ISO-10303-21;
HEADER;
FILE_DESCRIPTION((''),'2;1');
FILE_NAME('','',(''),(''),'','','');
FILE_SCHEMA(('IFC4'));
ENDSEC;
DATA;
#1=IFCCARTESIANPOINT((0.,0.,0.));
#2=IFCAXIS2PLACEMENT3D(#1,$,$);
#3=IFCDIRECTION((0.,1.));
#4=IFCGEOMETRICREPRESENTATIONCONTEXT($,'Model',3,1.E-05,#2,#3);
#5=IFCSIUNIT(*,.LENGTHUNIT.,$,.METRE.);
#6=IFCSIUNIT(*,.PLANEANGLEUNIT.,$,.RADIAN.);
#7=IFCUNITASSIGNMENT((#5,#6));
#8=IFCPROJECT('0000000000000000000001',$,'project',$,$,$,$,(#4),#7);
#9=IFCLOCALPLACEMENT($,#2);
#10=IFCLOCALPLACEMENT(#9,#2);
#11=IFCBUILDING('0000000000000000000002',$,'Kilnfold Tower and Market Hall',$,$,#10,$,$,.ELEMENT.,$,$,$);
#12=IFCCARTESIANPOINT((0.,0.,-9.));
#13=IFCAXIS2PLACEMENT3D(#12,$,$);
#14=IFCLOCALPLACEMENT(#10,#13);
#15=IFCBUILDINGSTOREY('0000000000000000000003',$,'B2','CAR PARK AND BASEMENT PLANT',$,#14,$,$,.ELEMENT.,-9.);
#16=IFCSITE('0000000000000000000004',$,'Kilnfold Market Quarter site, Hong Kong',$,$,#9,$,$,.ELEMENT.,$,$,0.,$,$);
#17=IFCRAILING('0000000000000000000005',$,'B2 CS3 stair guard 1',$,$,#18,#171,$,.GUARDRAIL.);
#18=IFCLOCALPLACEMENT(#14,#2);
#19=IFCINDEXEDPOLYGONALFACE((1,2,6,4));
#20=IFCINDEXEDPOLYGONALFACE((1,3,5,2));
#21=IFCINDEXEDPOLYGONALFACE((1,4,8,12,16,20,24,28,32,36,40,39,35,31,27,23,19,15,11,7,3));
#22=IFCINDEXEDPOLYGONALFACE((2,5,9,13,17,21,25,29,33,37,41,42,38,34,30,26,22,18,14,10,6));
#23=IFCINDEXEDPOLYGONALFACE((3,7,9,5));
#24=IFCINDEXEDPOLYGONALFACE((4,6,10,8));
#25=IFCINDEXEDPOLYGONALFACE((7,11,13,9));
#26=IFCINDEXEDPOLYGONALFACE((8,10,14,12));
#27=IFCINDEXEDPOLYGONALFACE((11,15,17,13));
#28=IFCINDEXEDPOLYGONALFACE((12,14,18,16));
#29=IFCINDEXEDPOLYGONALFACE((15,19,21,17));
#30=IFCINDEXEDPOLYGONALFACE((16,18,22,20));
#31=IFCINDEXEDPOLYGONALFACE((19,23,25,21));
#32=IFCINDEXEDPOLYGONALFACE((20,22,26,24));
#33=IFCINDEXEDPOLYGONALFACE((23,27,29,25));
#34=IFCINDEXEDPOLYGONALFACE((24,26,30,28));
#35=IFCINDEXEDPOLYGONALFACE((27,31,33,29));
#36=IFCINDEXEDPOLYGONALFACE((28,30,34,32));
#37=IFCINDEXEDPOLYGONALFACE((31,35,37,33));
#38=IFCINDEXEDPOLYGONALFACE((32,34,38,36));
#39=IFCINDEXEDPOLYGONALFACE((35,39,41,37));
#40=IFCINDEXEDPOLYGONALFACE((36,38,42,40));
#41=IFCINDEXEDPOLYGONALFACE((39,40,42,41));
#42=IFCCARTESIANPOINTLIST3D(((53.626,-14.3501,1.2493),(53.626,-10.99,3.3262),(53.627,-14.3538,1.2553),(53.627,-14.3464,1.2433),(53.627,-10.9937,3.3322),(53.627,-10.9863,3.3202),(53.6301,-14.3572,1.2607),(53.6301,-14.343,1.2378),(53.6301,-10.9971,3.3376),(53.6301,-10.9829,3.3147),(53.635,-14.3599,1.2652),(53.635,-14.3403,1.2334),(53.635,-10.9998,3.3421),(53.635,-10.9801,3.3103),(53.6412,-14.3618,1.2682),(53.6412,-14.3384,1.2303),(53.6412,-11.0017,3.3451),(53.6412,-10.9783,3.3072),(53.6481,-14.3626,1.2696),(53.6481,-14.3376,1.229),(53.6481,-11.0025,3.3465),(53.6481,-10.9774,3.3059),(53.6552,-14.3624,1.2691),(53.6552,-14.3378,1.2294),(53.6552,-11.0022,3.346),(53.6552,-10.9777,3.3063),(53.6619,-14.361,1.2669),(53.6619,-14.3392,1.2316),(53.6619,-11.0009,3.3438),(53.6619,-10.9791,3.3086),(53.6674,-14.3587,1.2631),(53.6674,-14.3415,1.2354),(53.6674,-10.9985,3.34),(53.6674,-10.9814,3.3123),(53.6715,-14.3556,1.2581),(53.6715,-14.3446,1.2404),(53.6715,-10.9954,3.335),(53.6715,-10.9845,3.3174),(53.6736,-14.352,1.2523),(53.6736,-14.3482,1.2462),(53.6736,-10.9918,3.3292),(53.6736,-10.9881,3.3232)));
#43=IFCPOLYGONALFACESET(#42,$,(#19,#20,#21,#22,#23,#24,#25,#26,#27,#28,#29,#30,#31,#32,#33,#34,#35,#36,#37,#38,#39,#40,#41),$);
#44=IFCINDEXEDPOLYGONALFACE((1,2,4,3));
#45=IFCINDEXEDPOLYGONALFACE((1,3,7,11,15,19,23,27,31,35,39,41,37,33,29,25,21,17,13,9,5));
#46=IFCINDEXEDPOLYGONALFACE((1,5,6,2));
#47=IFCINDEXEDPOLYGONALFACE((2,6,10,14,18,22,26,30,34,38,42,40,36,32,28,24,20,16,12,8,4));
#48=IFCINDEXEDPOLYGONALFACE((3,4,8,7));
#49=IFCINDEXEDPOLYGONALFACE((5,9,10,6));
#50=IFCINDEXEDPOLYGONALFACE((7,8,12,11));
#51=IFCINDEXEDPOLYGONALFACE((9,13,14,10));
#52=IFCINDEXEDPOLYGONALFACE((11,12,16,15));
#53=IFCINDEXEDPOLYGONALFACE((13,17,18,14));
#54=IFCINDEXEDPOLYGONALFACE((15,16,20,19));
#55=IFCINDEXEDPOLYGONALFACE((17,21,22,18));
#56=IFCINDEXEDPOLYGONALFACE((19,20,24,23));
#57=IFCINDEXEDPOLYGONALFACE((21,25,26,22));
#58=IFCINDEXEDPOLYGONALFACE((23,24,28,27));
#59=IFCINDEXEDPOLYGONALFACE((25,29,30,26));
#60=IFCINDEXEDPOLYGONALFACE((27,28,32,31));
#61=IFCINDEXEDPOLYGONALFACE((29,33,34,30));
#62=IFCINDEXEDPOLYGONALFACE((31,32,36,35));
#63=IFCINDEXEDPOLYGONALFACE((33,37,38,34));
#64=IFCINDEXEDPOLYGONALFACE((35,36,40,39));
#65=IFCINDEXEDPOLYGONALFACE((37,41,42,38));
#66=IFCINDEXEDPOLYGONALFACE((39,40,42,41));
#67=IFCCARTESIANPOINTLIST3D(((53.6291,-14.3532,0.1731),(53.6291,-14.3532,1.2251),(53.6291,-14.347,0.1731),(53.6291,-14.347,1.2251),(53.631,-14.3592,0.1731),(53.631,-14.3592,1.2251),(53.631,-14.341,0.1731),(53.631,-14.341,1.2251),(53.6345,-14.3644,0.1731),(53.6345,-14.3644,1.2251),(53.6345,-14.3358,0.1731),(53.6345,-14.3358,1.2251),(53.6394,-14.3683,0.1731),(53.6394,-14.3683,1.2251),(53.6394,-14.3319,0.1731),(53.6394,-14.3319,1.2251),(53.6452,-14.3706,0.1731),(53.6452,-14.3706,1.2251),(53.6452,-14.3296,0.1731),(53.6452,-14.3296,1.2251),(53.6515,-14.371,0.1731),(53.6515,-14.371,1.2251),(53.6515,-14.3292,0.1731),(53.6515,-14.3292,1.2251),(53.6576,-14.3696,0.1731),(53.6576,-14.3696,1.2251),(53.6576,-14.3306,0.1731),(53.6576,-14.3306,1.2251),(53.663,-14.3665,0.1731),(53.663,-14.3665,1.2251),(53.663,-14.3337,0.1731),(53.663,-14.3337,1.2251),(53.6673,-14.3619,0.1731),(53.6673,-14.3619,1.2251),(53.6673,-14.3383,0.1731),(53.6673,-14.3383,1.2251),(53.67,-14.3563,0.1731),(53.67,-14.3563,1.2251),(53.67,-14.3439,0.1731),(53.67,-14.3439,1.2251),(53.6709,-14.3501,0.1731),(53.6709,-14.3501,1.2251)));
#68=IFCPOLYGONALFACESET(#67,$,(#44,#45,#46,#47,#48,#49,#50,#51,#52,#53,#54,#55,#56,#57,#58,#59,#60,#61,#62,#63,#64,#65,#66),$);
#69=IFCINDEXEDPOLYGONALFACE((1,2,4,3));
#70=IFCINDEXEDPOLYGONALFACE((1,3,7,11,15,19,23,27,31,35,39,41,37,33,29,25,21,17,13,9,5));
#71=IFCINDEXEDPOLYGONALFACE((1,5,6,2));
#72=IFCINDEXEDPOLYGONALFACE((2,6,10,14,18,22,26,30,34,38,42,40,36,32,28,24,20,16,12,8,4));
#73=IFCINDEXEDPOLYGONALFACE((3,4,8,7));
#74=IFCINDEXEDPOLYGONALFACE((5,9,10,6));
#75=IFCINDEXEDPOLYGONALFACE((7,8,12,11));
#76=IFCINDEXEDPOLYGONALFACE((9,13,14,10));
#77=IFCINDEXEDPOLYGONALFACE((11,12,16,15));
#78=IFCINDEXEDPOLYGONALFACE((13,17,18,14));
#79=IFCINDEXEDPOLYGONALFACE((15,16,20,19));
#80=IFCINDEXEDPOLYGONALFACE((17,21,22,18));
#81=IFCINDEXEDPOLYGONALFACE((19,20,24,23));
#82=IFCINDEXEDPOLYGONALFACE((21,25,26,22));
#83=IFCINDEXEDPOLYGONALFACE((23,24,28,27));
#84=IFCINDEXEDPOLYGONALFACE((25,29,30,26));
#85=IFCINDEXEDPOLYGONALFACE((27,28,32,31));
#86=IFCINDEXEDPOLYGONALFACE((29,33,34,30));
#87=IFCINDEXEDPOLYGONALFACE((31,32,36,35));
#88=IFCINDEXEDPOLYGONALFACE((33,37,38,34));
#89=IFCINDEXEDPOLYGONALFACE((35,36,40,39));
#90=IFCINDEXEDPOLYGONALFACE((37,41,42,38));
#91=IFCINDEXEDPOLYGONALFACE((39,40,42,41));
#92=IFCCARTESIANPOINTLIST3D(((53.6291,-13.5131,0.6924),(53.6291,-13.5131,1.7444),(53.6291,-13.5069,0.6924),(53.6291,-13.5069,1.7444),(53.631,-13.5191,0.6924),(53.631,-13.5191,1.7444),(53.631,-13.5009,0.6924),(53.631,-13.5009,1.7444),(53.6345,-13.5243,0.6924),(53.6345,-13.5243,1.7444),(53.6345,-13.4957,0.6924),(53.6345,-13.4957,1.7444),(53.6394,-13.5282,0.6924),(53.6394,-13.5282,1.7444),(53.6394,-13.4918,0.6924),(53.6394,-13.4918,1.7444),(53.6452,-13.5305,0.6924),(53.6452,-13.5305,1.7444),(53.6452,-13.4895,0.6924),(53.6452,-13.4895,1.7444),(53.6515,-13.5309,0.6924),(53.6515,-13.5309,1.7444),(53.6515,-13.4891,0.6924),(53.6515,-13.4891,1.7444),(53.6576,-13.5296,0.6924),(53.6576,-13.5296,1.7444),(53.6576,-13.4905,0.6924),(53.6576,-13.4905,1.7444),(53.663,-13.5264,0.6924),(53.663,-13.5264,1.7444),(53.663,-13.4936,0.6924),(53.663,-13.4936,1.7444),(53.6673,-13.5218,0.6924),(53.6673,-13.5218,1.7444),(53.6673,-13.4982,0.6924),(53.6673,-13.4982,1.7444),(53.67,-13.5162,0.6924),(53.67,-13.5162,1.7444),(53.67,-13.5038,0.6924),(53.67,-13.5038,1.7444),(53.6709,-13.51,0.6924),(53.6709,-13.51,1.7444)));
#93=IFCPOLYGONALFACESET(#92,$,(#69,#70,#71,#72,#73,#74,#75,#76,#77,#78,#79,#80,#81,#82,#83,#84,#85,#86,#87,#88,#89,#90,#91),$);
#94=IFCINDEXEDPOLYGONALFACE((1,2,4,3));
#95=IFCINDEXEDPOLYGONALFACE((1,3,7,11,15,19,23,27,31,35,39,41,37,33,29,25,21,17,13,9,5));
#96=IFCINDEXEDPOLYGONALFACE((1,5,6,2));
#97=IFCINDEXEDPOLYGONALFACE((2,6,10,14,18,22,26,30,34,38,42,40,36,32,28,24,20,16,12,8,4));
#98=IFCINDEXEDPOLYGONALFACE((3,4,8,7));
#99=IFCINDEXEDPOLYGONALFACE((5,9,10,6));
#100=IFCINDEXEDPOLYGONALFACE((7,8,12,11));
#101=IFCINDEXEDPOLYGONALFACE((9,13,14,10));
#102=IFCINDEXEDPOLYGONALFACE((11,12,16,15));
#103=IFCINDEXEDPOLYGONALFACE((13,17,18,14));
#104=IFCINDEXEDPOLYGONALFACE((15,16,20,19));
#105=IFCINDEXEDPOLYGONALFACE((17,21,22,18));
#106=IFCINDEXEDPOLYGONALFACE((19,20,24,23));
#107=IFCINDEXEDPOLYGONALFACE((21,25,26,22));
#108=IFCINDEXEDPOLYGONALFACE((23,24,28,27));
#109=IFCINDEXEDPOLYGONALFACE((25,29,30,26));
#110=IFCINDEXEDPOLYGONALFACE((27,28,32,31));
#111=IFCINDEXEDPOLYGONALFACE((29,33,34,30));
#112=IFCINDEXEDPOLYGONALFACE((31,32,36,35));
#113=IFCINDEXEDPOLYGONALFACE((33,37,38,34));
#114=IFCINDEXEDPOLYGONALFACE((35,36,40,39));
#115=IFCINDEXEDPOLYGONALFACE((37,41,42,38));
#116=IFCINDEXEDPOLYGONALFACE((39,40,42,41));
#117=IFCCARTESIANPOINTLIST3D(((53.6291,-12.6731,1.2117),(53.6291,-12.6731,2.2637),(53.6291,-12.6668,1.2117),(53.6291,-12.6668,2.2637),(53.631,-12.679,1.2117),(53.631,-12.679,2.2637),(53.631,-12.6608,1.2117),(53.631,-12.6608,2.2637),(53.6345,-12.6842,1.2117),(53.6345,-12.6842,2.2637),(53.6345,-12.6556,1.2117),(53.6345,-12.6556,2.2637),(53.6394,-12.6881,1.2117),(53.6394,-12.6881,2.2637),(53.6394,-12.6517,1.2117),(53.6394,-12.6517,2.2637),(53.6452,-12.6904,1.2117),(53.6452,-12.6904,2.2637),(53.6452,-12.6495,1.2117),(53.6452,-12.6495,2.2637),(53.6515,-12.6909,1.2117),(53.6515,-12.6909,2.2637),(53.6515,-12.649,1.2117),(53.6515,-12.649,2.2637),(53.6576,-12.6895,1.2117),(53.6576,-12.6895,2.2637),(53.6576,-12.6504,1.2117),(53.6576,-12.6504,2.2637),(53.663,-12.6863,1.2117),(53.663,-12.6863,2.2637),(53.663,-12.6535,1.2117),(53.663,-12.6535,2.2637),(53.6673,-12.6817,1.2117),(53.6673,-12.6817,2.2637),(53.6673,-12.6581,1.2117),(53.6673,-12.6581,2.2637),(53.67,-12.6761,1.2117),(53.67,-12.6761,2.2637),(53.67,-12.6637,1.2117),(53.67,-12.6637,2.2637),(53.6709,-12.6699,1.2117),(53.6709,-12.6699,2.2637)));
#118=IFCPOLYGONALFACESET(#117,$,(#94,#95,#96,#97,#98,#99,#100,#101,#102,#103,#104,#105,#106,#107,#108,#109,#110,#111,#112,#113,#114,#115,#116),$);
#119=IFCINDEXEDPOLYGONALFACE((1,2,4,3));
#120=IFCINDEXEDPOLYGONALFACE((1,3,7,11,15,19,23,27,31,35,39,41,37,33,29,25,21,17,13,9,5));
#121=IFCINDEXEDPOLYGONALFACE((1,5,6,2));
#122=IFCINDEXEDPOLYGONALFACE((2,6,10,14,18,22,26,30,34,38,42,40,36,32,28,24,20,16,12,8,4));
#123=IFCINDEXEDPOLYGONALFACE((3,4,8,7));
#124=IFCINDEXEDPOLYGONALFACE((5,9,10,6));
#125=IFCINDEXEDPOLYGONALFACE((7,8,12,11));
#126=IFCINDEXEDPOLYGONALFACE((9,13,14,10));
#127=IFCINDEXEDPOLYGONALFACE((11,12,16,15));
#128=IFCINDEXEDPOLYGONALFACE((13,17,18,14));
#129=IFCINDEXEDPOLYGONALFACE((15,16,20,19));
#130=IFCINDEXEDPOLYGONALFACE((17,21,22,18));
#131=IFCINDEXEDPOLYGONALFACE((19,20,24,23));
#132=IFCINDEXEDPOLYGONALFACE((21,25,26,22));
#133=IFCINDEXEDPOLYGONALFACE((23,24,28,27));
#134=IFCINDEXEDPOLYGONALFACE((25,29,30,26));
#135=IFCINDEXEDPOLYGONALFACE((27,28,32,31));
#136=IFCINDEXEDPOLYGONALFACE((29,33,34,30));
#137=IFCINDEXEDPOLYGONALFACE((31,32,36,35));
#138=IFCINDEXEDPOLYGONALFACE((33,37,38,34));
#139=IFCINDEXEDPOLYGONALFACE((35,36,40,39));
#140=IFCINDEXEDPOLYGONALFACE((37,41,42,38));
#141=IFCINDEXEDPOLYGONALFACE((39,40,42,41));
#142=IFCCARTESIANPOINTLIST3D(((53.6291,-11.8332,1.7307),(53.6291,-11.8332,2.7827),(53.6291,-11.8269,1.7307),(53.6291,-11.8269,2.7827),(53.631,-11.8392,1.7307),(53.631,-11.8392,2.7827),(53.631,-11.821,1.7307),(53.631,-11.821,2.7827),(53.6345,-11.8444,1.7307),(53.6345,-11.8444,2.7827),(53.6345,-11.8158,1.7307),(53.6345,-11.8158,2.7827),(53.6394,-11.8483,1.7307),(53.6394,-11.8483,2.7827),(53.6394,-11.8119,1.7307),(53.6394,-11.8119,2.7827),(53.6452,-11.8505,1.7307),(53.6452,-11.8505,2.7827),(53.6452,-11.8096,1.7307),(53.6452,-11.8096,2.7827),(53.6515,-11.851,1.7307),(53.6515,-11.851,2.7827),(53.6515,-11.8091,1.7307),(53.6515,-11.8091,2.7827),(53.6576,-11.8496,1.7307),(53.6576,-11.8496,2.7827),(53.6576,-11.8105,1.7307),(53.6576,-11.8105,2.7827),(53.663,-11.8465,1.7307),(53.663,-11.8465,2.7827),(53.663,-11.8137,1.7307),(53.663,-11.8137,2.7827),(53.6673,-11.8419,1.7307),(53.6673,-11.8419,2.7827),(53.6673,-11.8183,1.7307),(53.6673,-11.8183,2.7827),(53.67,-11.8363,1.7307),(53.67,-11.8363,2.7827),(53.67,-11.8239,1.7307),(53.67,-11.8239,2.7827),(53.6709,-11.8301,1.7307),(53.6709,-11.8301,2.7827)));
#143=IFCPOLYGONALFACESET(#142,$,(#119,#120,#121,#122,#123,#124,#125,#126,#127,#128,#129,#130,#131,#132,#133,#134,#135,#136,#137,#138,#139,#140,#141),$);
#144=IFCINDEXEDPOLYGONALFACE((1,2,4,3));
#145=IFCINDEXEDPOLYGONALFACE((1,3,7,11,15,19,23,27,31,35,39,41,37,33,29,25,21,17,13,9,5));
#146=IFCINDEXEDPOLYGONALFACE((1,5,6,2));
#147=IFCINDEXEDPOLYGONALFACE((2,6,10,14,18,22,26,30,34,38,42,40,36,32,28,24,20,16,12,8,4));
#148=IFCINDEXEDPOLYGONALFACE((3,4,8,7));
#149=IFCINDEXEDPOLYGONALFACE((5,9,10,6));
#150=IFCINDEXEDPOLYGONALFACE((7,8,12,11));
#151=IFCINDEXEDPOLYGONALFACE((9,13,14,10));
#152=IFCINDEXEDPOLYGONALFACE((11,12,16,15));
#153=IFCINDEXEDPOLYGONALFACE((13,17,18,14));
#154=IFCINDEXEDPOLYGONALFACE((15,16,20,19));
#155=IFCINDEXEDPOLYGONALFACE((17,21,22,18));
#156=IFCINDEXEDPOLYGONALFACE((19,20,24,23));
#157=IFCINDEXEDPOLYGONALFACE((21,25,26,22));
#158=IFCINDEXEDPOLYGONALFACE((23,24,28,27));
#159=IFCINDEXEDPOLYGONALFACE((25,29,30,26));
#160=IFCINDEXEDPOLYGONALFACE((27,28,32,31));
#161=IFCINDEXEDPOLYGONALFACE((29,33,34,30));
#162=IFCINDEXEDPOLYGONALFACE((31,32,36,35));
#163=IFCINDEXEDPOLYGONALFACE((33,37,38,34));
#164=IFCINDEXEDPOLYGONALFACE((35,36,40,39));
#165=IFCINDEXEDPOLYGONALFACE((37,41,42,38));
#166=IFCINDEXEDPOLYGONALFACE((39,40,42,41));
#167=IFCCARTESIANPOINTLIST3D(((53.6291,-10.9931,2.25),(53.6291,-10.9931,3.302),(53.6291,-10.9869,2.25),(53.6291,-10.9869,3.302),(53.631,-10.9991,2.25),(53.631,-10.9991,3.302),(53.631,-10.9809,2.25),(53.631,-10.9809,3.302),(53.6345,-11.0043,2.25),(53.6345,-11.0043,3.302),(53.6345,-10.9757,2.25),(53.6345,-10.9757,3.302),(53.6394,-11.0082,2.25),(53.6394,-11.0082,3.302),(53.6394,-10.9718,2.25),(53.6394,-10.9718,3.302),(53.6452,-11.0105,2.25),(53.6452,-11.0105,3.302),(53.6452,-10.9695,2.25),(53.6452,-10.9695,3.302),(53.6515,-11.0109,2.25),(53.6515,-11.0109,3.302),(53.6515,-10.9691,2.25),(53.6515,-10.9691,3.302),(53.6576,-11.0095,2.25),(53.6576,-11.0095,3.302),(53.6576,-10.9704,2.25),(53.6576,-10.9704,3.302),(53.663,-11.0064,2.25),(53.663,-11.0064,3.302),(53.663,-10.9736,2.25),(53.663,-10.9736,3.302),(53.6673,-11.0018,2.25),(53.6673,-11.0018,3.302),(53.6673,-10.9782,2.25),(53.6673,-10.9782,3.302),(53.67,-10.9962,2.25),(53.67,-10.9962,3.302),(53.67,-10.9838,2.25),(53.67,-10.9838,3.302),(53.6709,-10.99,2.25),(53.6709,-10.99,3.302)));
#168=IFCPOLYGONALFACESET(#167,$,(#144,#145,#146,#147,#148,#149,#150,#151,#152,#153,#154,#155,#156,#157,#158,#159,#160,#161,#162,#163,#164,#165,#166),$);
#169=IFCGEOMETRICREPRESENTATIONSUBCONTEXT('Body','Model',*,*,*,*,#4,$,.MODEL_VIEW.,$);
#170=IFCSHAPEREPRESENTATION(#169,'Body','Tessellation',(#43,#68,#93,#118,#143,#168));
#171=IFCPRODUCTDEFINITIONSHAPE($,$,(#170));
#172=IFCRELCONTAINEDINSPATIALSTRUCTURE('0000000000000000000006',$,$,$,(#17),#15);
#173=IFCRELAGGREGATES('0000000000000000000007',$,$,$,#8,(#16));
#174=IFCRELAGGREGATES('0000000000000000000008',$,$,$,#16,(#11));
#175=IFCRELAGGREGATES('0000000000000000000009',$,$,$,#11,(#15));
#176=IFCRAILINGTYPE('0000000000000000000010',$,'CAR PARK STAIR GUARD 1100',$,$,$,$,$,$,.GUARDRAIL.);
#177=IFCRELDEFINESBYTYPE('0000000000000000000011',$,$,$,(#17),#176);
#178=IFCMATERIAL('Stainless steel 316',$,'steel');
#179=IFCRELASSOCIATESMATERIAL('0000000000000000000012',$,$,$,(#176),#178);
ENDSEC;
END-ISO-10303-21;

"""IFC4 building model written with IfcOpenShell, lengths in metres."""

from ifc_helpers import new_model, si_unit, direction, frame, origin, origin_2d, place, context, subcontext, project, spatial, circle, extrude, material, type_object, element, save


model = new_model("IFC4")

# Units and contexts
model_context = context("Model", 3, precision=1e-05, world=origin(), true_north=direction((0.0, 1.0)))
body_context = subcontext(model_context, "Body", "Model", "MODEL_VIEW")
ifc_project = project(units=[si_unit("LENGTHUNIT", "METRE"), si_unit("PLANEANGLEUNIT", "RADIAN")], contexts=[model_context])

# Site, building, storey
site_placement = place(None, origin())
site = spatial("IfcSite", under=ifc_project, at=site_placement, Name="Kilnfold Market Quarter site, Hong Kong", CompositionType="ELEMENT", RefElevation=0.0)
building_placement = place(site_placement, origin())
building = spatial("IfcBuilding", under=site, at=building_placement, Name="Kilnfold Tower and Market Hall", CompositionType="ELEMENT")
storey_placement = place(building_placement, frame((0.0, 0.0, -9.0)))
storey = spatial("IfcBuildingStorey", under=building, at=storey_placement, Name="B2", Description="CAR PARK AND BASEMENT PLANT", CompositionType="ELEMENT", Elevation=-9.0)

# Railing
ifc_material_1 = material(Name="Stainless steel 316", Category="steel")
railing_type_1 = type_object("IfcRailingType", Name="CAR PARK STAIR GUARD 1100", PredefinedType="GUARDRAIL", material=ifc_material_1)
railing_1_placement = place(storey_placement, frame((53.6499, -14.3501, 0.1731)))
element("IfcRailing", 1, at=railing_1_placement, inside=storey, type_object=railing_type_1, Name="B2 CS3 stair guard 1", PredefinedType="GUARDRAIL", context=body_context, shape_type="SweptSolid", body=[
    extrude(circle(Radius=0.0239, at=origin_2d()), frame((0.0, 0.0, 1.0762), z_axis=(0.0, 0.850623, 0.525776), x_axis=(-1.0, 0.0, 0.0)), (0.0, 0.0, 1.0), 3.9502),
    extrude(circle(Radius=0.021, at=origin_2d()), origin(), (0.0, 0.0, 1.0), 1.052),
    extrude(circle(Radius=0.021, at=origin_2d()), frame((0.0, 0.8401, 0.5193)), (0.0, 0.0, 1.0), 1.052),
    extrude(circle(Radius=0.021, at=origin_2d()), frame((0.0, 1.6802, 1.0386)), (0.0, 0.0, 1.0), 1.052),
    extrude(circle(Radius=0.021, at=origin_2d()), frame((0.0, 2.52, 1.5576)), (0.0, 0.0, 1.0), 1.052),
    extrude(circle(Radius=0.021, at=origin_2d()), frame((0.0, 3.3601, 2.0769)), (0.0, 0.0, 1.0), 1.052),
])

save(model, "model.ifc")
